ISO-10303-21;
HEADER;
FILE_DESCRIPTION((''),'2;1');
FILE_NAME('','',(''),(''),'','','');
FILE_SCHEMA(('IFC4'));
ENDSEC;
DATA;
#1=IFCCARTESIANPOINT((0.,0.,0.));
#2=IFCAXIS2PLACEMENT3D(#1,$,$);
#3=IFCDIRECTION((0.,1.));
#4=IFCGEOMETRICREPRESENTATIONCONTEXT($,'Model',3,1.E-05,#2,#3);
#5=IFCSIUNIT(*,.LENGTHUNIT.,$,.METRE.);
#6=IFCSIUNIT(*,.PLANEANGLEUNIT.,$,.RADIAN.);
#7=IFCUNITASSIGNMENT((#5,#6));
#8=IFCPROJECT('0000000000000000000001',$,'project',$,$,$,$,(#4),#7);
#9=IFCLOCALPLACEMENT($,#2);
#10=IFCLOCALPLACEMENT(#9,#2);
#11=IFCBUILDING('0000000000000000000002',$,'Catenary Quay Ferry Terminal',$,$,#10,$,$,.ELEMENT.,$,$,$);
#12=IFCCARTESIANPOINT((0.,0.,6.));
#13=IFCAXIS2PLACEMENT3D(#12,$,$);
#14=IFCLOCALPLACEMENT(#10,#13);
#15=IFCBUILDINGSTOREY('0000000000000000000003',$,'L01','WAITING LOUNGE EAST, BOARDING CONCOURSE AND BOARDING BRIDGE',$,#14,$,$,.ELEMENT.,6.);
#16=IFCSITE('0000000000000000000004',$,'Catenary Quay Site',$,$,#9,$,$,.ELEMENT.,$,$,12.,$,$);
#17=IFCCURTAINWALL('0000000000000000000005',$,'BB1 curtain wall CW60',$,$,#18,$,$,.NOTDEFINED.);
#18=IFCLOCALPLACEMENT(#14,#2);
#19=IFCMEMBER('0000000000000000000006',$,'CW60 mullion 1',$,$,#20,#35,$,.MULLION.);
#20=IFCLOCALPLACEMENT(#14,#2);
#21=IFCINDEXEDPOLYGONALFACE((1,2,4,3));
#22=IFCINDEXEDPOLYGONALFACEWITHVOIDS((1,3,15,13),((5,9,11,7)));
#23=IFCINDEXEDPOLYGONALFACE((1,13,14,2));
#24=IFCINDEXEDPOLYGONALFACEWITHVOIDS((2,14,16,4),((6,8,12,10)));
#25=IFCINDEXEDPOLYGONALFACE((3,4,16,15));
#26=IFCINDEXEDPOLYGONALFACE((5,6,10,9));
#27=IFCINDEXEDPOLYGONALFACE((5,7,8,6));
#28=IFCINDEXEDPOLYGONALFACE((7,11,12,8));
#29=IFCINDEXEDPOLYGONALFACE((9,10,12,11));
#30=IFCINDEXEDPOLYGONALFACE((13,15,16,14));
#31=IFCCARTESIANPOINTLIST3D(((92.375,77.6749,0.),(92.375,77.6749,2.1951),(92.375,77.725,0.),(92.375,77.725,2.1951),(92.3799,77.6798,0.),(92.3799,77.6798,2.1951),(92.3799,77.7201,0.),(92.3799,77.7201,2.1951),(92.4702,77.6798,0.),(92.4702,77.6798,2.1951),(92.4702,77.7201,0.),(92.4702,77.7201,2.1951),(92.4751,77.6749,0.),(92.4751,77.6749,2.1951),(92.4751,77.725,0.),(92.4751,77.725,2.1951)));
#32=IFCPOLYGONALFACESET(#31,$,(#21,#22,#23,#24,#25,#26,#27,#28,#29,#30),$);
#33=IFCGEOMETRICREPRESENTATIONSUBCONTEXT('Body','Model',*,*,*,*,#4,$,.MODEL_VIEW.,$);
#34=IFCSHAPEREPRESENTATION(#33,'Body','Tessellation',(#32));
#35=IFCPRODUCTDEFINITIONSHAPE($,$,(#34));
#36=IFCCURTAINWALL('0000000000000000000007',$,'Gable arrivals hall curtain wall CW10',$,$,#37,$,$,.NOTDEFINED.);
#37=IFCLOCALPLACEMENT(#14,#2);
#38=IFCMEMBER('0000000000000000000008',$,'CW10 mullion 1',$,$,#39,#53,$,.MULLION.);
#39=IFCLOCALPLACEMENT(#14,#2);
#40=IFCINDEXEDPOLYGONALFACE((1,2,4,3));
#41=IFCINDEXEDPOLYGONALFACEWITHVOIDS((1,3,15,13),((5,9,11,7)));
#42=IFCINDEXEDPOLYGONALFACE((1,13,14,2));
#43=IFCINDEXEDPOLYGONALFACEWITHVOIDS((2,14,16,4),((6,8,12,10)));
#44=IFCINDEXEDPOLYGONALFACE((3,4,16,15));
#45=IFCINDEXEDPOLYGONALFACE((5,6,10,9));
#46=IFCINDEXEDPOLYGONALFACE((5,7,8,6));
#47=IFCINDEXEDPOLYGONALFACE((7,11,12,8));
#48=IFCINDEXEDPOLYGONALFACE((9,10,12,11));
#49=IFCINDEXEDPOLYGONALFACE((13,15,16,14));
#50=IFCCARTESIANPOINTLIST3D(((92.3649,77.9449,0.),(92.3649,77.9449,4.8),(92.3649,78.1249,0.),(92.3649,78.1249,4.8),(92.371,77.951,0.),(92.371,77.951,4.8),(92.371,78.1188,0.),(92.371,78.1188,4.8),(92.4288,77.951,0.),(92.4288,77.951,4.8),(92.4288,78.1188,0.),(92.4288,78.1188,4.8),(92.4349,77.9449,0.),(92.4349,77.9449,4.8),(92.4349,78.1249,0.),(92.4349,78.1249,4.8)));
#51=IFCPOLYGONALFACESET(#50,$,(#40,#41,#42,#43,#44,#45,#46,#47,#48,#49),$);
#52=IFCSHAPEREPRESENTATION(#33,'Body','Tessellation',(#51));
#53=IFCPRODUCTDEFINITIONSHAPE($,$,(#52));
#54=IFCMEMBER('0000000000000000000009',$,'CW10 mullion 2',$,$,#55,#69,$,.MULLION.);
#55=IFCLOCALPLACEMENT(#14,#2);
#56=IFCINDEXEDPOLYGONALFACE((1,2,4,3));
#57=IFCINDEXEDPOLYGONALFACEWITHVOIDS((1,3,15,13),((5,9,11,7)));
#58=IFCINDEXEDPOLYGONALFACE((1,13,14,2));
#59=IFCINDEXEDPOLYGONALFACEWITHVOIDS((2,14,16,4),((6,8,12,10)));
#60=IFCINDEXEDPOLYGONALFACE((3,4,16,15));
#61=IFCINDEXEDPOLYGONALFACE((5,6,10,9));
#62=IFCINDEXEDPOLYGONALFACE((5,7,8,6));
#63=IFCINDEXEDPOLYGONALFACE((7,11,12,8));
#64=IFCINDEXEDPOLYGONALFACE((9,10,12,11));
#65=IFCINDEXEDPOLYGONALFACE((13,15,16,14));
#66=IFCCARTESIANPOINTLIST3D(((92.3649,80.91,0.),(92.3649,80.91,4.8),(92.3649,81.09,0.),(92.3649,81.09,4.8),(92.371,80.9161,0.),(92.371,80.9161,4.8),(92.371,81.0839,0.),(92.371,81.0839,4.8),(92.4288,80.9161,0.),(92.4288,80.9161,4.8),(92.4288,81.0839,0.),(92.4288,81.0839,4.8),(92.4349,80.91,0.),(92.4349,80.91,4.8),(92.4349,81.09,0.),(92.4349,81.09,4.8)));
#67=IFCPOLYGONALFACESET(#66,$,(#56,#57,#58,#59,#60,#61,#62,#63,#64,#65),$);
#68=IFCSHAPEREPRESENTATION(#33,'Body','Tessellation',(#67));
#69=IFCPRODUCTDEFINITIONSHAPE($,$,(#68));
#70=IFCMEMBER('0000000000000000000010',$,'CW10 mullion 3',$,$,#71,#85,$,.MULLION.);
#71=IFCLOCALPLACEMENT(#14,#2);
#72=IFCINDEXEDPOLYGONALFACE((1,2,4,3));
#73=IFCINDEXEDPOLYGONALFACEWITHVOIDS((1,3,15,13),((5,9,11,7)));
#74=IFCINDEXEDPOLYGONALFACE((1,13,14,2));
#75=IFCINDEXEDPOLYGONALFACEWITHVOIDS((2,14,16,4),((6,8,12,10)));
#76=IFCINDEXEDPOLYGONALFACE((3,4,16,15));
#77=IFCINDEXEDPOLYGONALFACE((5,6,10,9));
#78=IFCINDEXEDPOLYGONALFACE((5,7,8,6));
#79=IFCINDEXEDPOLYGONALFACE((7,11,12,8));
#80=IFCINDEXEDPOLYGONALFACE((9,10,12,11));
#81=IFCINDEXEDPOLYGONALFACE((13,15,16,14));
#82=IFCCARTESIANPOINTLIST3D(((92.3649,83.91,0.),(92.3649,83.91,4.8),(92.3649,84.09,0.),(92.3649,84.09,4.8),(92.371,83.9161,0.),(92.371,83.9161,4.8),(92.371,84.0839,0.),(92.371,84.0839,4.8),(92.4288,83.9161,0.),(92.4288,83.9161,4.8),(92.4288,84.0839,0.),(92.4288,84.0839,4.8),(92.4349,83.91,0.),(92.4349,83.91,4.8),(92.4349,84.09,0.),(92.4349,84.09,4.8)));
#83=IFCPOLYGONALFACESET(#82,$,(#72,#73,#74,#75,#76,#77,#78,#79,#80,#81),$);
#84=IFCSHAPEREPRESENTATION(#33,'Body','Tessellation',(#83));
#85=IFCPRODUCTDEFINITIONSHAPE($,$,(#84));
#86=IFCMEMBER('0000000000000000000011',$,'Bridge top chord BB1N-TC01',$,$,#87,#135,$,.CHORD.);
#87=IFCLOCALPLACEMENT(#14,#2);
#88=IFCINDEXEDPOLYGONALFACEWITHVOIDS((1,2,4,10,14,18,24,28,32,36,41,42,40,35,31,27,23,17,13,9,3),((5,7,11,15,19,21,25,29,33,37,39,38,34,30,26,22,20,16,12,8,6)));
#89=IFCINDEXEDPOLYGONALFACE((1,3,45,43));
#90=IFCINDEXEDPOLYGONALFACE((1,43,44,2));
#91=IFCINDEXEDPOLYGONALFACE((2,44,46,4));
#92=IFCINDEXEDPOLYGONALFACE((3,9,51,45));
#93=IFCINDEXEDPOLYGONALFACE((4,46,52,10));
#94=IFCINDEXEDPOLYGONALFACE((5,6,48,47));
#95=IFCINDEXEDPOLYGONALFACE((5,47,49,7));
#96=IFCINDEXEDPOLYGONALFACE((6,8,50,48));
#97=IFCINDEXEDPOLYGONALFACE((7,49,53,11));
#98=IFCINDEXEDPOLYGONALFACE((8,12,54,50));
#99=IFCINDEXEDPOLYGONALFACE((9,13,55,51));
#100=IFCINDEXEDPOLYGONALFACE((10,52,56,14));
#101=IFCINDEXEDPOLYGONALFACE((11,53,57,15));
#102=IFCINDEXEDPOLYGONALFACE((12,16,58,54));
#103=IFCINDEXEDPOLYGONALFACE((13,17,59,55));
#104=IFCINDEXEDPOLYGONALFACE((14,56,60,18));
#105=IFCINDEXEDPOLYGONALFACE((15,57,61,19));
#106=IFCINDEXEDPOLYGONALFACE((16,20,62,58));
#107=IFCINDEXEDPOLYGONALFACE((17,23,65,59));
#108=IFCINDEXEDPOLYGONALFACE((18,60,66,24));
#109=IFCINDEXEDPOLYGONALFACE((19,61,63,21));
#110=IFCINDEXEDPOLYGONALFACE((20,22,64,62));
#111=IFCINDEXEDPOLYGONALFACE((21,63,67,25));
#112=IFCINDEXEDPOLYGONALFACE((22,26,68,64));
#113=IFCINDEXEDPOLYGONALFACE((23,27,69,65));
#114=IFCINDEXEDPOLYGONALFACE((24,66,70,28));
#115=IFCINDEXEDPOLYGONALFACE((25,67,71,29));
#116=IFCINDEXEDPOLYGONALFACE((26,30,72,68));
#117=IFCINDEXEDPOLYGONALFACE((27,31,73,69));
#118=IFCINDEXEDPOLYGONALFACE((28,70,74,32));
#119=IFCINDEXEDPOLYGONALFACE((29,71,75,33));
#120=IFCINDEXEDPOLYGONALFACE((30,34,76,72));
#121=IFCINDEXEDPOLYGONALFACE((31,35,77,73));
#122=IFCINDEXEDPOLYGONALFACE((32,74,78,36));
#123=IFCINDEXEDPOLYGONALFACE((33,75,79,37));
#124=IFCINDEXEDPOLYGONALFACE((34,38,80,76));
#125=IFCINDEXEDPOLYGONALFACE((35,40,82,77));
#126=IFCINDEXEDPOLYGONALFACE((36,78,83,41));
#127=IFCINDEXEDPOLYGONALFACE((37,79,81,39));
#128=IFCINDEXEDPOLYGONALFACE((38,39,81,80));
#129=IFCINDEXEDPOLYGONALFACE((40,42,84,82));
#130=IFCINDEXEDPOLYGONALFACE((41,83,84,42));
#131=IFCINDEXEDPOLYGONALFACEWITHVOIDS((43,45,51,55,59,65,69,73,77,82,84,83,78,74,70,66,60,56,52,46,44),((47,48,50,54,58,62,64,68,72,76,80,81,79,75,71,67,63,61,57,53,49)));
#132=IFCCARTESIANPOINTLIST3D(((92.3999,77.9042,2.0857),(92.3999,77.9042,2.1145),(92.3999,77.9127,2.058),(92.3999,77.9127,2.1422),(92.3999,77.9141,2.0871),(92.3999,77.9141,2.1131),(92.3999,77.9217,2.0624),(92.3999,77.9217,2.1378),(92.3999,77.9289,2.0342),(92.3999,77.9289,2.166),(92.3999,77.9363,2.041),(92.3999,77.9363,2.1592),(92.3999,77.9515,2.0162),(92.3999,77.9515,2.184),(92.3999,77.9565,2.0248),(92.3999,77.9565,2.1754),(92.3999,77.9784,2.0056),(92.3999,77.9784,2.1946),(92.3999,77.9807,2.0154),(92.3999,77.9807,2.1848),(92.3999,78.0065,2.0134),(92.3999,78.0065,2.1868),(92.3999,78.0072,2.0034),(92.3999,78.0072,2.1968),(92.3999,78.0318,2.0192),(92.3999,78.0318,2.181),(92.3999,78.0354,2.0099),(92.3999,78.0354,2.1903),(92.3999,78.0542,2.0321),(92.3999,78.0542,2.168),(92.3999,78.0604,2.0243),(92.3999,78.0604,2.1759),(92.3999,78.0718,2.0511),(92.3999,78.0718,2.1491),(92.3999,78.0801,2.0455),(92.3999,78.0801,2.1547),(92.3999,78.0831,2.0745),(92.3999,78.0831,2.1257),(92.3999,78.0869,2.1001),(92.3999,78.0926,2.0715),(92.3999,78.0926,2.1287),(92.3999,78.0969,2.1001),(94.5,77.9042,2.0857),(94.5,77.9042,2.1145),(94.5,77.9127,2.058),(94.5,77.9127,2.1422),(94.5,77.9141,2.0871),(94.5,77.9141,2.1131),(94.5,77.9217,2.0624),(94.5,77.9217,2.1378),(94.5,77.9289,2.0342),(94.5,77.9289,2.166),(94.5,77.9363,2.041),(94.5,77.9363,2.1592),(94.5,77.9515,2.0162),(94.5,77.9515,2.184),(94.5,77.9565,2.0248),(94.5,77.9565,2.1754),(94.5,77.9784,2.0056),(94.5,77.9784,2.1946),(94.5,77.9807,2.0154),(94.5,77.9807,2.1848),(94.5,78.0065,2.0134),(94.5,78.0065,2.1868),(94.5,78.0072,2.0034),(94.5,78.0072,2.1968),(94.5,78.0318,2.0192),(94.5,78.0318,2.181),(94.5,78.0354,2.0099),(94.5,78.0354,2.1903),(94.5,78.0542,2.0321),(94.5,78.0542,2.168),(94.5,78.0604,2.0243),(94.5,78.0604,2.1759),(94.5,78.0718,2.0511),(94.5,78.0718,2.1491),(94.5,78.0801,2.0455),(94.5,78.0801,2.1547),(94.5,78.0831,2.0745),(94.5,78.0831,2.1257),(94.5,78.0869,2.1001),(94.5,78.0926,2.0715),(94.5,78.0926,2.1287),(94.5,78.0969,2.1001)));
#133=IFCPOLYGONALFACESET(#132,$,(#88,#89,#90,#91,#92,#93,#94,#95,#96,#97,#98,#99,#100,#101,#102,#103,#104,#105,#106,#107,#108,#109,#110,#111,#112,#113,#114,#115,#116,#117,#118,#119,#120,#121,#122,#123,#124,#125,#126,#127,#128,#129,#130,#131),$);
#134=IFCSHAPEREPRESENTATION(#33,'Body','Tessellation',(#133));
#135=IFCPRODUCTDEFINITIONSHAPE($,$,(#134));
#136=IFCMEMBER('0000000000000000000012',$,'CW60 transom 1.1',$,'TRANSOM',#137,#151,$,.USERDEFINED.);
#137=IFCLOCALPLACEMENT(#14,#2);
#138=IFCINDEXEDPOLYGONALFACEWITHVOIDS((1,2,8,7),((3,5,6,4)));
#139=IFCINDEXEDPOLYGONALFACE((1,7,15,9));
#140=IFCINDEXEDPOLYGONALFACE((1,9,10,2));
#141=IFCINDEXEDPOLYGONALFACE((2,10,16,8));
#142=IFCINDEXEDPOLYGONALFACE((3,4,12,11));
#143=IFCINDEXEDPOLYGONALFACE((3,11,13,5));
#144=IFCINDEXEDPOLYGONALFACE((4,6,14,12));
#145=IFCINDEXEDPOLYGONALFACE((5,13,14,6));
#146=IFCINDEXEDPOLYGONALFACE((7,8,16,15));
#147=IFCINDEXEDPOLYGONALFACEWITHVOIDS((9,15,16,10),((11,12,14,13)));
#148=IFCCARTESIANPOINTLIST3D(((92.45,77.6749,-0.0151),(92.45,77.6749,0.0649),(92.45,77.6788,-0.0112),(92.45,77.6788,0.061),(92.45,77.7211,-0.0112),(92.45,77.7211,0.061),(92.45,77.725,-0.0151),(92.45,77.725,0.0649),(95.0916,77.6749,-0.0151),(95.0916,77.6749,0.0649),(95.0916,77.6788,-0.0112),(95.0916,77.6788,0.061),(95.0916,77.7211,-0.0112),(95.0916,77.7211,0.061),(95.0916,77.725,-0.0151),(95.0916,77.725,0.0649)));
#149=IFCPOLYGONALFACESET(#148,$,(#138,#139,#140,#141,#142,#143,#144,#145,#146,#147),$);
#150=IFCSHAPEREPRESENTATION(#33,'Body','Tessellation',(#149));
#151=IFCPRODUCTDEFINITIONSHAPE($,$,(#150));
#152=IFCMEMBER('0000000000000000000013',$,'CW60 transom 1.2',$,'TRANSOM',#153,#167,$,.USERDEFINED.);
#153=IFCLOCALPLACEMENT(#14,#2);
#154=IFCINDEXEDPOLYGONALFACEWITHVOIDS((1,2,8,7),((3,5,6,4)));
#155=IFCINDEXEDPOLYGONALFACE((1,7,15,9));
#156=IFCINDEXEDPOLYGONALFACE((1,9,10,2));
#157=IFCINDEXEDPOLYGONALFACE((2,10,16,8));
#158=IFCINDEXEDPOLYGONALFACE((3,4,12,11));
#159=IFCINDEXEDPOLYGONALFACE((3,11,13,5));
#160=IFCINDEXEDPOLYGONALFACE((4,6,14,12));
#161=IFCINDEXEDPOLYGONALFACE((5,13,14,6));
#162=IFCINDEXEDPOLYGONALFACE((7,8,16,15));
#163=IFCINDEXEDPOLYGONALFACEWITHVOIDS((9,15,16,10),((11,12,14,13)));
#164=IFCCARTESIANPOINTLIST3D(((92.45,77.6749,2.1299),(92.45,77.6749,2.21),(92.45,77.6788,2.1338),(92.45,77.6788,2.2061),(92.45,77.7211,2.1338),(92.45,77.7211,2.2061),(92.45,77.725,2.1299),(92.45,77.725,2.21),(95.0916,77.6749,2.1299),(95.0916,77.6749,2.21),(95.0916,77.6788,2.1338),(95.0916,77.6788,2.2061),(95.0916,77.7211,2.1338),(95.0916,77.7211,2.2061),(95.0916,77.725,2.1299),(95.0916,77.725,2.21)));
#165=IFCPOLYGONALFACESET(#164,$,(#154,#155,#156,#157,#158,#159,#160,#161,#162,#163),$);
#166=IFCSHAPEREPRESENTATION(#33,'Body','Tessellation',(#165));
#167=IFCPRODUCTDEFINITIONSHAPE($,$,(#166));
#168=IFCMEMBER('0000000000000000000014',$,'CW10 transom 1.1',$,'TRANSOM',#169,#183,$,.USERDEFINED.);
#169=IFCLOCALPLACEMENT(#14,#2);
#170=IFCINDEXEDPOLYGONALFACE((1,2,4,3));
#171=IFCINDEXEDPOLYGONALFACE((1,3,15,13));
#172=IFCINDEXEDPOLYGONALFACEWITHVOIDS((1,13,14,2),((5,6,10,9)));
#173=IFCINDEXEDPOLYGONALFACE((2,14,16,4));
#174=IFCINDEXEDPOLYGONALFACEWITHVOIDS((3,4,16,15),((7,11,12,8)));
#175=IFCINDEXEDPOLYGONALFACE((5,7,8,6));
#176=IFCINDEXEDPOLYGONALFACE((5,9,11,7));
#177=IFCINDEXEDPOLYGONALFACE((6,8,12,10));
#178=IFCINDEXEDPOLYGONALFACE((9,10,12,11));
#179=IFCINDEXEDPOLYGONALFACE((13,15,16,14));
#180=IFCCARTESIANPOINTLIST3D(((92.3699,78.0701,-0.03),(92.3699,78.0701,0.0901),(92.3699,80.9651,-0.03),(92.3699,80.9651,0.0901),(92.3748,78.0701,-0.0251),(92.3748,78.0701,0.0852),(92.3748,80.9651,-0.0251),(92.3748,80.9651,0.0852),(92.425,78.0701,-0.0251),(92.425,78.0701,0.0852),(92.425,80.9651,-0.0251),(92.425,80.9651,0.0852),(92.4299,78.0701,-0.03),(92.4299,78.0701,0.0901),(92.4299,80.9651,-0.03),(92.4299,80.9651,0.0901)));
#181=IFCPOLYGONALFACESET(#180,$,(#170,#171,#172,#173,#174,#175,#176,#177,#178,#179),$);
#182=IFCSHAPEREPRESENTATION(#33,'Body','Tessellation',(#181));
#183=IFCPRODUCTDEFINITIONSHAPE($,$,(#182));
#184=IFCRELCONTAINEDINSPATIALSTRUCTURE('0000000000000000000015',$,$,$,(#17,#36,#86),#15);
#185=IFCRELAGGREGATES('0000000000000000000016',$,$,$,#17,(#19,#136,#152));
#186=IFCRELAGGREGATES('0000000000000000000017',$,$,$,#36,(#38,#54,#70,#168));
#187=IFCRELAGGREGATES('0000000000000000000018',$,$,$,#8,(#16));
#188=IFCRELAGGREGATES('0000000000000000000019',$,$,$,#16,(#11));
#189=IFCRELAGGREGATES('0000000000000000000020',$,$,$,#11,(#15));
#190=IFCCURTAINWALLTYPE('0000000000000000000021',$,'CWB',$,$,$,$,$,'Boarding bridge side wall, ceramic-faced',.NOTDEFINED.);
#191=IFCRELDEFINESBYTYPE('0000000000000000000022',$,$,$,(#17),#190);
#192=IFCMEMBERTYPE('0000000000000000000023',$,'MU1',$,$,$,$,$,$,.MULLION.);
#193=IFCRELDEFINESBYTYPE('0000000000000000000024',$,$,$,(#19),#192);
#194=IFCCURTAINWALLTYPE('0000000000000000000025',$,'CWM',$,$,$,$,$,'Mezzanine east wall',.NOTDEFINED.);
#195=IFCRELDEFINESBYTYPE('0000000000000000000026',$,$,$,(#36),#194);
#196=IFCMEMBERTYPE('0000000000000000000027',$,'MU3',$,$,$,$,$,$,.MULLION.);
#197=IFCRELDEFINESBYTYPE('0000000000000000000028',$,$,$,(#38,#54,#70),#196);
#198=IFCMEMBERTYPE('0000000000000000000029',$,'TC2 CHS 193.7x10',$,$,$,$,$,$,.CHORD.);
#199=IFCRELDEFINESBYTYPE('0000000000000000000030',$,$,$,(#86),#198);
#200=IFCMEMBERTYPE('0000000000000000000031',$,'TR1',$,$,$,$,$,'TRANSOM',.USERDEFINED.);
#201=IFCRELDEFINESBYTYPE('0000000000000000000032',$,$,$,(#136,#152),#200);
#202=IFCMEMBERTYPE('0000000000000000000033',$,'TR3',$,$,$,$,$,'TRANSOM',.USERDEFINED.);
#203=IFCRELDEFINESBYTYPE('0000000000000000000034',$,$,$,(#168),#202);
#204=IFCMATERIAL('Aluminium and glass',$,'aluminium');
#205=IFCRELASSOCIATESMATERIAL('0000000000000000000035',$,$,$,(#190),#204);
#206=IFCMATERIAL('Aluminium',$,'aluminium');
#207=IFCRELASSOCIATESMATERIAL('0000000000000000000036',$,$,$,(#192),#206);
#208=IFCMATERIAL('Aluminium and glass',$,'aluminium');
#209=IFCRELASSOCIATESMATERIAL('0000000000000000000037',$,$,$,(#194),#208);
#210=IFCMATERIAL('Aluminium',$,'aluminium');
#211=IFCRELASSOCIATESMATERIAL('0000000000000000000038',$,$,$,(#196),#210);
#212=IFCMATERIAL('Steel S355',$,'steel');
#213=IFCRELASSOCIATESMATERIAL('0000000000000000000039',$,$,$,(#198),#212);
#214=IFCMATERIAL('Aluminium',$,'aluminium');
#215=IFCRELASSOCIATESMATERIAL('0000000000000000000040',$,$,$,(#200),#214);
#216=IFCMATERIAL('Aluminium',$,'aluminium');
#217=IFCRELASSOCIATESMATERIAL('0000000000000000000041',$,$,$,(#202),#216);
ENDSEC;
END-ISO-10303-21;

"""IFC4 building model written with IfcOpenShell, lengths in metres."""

from ifc_helpers import new_model, si_unit, direction, frame, origin, origin_2d, place, context, subcontext, project, spatial, hollow_rectangle, hollow_circle, extrude, material, material_profile, profile_set, type_object, element, aggregate, save


model = new_model("IFC4")

# Units and contexts
model_context = context("Model", 3, precision=1e-05, world=origin(), true_north=direction((0.0, 1.0)))
body_context = subcontext(model_context, "Body", "Model", "MODEL_VIEW")
ifc_project = project(units=[si_unit("LENGTHUNIT", "METRE"), si_unit("PLANEANGLEUNIT", "RADIAN")], contexts=[model_context])

# Site, building, storey
site_placement = place(None, origin())
site = spatial("IfcSite", under=ifc_project, at=site_placement, Name="Catenary Quay Site", CompositionType="ELEMENT", RefElevation=12.0)
building_placement = place(site_placement, origin())
building = spatial("IfcBuilding", under=site, at=building_placement, Name="Catenary Quay Ferry Terminal", CompositionType="ELEMENT")
storey_placement = place(building_placement, frame((0.0, 0.0, 6.0)))
storey = spatial("IfcBuildingStorey", under=building, at=storey_placement, Name="L01", Description="WAITING LOUNGE EAST, BOARDING CONCOURSE AND BOARDING BRIDGE", CompositionType="ELEMENT", Elevation=6.0)

# Curtain wall, member
ifc_material_1 = material(Name="Aluminium and glass", Category="aluminium")
curtain_wall_type_1 = type_object("IfcCurtainWallType", Name="CWB", ElementType="Boarding bridge side wall, ceramic-faced", PredefinedType="NOTDEFINED", material=ifc_material_1)
curtain_wall_1_placement = place(storey_placement, origin())
curtain_wall_1 = element("IfcCurtainWall", 1, at=curtain_wall_1_placement, inside=storey, type_object=curtain_wall_type_1, Name="BB1 curtain wall CW60", PredefinedType="NOTDEFINED")
ifc_material_2 = material(Name="Aluminium", Category="aluminium")
ifc_material_profile_1 = material_profile(ifc_material_2, hollow_rectangle(XDim=0.05, YDim=0.1001, WallThickness=0.0049, at=origin_2d()), Name="MU1")
ifc_profile_set_1 = profile_set([ifc_material_profile_1], Name="Aluminium")
member_type_1 = type_object("IfcMemberType", Name="MU1", PredefinedType="MULLION", material=ifc_profile_set_1)
member_1_placement = place(storey_placement, frame((92.425, 77.7, 0.0), z_axis=(0.0, 0.0, 1.0), x_axis=(0.0, 1.0, 0.0)))
member_1 = element("IfcMember", 2, at=member_1_placement, type_object=member_type_1, Name="CW60 mullion 1", PredefinedType="MULLION", context=body_context, shape_type="SweptSolid", body=[
    extrude(hollow_rectangle(XDim=0.05, YDim=0.1001, WallThickness=0.0049, at=origin_2d()), origin(), (0.0, 0.0, 1.0), 2.1951),
])

# Curtain wall, members
ifc_material_3 = material(Name="Aluminium and glass", Category="aluminium")
curtain_wall_type_2 = type_object("IfcCurtainWallType", Name="CWM", ElementType="Mezzanine east wall", PredefinedType="NOTDEFINED", material=ifc_material_3)
curtain_wall_2_placement = place(storey_placement, origin())
curtain_wall_2 = element("IfcCurtainWall", 3, at=curtain_wall_2_placement, inside=storey, type_object=curtain_wall_type_2, Name="Gable arrivals hall curtain wall CW10", PredefinedType="NOTDEFINED")
ifc_material_4 = material(Name="Aluminium", Category="aluminium")
ifc_material_profile_2 = material_profile(ifc_material_4, hollow_rectangle(XDim=0.0701, YDim=0.1799, WallThickness=0.0061, at=origin_2d()), Name="MU3")
ifc_profile_set_2 = profile_set([ifc_material_profile_2], Name="Aluminium")
member_type_2 = type_object("IfcMemberType", Name="MU3", PredefinedType="MULLION", material=ifc_profile_set_2)
member_2_placement = place(storey_placement, frame((92.3999, 78.0349, 0.0), z_axis=(0.0, 0.0, 1.0), x_axis=(-1.0, 0.0, 0.0)))
member_2 = element("IfcMember", 4, at=member_2_placement, type_object=member_type_2, Name="CW10 mullion 1", PredefinedType="MULLION", context=body_context, shape_type="SweptSolid", body=[
    extrude(hollow_rectangle(XDim=0.0701, YDim=0.1799, WallThickness=0.0061, at=origin_2d()), origin(), (0.0, 0.0, 1.0), 4.8),
])
member_3_placement = place(storey_placement, frame((92.3999, 81.0, 0.0), z_axis=(0.0, 0.0, 1.0), x_axis=(-1.0, 0.0, 0.0)))
member_3 = element("IfcMember", 5, at=member_3_placement, type_object=member_type_2, Name="CW10 mullion 2", PredefinedType="MULLION", context=body_context, shape_type="SweptSolid", body=[
    extrude(hollow_rectangle(XDim=0.0701, YDim=0.1799, WallThickness=0.0061, at=origin_2d()), origin(), (0.0, 0.0, 1.0), 4.8),
])
member_4_placement = place(storey_placement, frame((92.3999, 84.0, 0.0), z_axis=(0.0, 0.0, 1.0), x_axis=(-1.0, 0.0, 0.0)))
member_4 = element("IfcMember", 6, at=member_4_placement, type_object=member_type_2, Name="CW10 mullion 3", PredefinedType="MULLION", context=body_context, shape_type="SweptSolid", body=[
    extrude(hollow_rectangle(XDim=0.0701, YDim=0.1799, WallThickness=0.0061, at=origin_2d()), origin(), (0.0, 0.0, 1.0), 4.8),
])

# Members
ifc_material_5 = material(Name="Steel S355", Category="steel")
ifc_material_profile_3 = material_profile(ifc_material_5, hollow_circle(Radius=0.0969, WallThickness=0.01, at=origin_2d()), Name="CHS 193.7x10")
ifc_profile_set_3 = profile_set([ifc_material_profile_3], Name="Steel S355")
member_type_3 = type_object("IfcMemberType", Name="TC2 CHS 193.7x10", PredefinedType="CHORD", material=ifc_profile_set_3)
member_5_placement = place(storey_placement, frame((92.3999, 78.0, 2.1001), z_axis=(1.0, 0.0, 0.0), x_axis=(0.0, 1.0, 0.0)))
element("IfcMember", 7, at=member_5_placement, inside=storey, type_object=member_type_3, Name="Bridge top chord BB1N-TC01", PredefinedType="CHORD", context=body_context, shape_type="SweptSolid", body=[
    extrude(hollow_circle(Radius=0.0969, WallThickness=0.01, at=origin_2d()), origin(), (0.0, 0.0, 1.0), 2.1001),
])
ifc_material_6 = material(Name="Aluminium", Category="aluminium")
ifc_material_profile_4 = material_profile(ifc_material_6, hollow_rectangle(XDim=0.05, YDim=0.0801, WallThickness=0.0039, at=origin_2d()), Name="TR1")
ifc_profile_set_4 = profile_set([ifc_material_profile_4], Name="Aluminium")
member_type_4 = type_object("IfcMemberType", Name="TR1", ElementType="TRANSOM", PredefinedType="USERDEFINED", material=ifc_profile_set_4)
member_6_placement = place(storey_placement, frame((92.45, 77.7, 0.0249), z_axis=(1.0, 0.0, 0.0), x_axis=(0.0, 1.0, 0.0)))
member_6 = element("IfcMember", 8, at=member_6_placement, type_object=member_type_4, Name="CW60 transom 1.1", ObjectType="TRANSOM", PredefinedType="USERDEFINED", context=body_context, shape_type="SweptSolid", body=[
    extrude(hollow_rectangle(XDim=0.05, YDim=0.0801, WallThickness=0.0039, at=origin_2d()), origin(), (0.0, 0.0, 1.0), 2.6416),
])
member_7_placement = place(storey_placement, frame((92.45, 77.7, 2.1699), z_axis=(1.0, 0.0, 0.0), x_axis=(0.0, 1.0, 0.0)))
member_7 = element("IfcMember", 9, at=member_7_placement, type_object=member_type_4, Name="CW60 transom 1.2", ObjectType="TRANSOM", PredefinedType="USERDEFINED", context=body_context, shape_type="SweptSolid", body=[
    extrude(hollow_rectangle(XDim=0.05, YDim=0.0801, WallThickness=0.0039, at=origin_2d()), origin(), (0.0, 0.0, 1.0), 2.6416),
])
aggregate(curtain_wall_1, [member_1, member_6, member_7])
ifc_material_7 = material(Name="Aluminium", Category="aluminium")
ifc_material_profile_5 = material_profile(ifc_material_7, hollow_rectangle(XDim=0.0601, YDim=0.1201, WallThickness=0.0049, at=origin_2d()), Name="TR3")
ifc_profile_set_5 = profile_set([ifc_material_profile_5], Name="Aluminium")
member_type_5 = type_object("IfcMemberType", Name="TR3", ElementType="TRANSOM", PredefinedType="USERDEFINED", material=ifc_profile_set_5)
member_8_placement = place(storey_placement, frame((92.3999, 78.0701, 0.03), z_axis=(0.0, 1.0, 0.0), x_axis=(-1.0, 0.0, 0.0)))
member_8 = element("IfcMember", 10, at=member_8_placement, type_object=member_type_5, Name="CW10 transom 1.1", ObjectType="TRANSOM", PredefinedType="USERDEFINED", context=body_context, shape_type="SweptSolid", body=[
    extrude(hollow_rectangle(XDim=0.0601, YDim=0.1201, WallThickness=0.0049, at=origin_2d()), origin(), (0.0, 0.0, 1.0), 2.895),
])

aggregate(curtain_wall_2, [member_2, member_3, member_4, member_8])

save(model, "model.ifc")
